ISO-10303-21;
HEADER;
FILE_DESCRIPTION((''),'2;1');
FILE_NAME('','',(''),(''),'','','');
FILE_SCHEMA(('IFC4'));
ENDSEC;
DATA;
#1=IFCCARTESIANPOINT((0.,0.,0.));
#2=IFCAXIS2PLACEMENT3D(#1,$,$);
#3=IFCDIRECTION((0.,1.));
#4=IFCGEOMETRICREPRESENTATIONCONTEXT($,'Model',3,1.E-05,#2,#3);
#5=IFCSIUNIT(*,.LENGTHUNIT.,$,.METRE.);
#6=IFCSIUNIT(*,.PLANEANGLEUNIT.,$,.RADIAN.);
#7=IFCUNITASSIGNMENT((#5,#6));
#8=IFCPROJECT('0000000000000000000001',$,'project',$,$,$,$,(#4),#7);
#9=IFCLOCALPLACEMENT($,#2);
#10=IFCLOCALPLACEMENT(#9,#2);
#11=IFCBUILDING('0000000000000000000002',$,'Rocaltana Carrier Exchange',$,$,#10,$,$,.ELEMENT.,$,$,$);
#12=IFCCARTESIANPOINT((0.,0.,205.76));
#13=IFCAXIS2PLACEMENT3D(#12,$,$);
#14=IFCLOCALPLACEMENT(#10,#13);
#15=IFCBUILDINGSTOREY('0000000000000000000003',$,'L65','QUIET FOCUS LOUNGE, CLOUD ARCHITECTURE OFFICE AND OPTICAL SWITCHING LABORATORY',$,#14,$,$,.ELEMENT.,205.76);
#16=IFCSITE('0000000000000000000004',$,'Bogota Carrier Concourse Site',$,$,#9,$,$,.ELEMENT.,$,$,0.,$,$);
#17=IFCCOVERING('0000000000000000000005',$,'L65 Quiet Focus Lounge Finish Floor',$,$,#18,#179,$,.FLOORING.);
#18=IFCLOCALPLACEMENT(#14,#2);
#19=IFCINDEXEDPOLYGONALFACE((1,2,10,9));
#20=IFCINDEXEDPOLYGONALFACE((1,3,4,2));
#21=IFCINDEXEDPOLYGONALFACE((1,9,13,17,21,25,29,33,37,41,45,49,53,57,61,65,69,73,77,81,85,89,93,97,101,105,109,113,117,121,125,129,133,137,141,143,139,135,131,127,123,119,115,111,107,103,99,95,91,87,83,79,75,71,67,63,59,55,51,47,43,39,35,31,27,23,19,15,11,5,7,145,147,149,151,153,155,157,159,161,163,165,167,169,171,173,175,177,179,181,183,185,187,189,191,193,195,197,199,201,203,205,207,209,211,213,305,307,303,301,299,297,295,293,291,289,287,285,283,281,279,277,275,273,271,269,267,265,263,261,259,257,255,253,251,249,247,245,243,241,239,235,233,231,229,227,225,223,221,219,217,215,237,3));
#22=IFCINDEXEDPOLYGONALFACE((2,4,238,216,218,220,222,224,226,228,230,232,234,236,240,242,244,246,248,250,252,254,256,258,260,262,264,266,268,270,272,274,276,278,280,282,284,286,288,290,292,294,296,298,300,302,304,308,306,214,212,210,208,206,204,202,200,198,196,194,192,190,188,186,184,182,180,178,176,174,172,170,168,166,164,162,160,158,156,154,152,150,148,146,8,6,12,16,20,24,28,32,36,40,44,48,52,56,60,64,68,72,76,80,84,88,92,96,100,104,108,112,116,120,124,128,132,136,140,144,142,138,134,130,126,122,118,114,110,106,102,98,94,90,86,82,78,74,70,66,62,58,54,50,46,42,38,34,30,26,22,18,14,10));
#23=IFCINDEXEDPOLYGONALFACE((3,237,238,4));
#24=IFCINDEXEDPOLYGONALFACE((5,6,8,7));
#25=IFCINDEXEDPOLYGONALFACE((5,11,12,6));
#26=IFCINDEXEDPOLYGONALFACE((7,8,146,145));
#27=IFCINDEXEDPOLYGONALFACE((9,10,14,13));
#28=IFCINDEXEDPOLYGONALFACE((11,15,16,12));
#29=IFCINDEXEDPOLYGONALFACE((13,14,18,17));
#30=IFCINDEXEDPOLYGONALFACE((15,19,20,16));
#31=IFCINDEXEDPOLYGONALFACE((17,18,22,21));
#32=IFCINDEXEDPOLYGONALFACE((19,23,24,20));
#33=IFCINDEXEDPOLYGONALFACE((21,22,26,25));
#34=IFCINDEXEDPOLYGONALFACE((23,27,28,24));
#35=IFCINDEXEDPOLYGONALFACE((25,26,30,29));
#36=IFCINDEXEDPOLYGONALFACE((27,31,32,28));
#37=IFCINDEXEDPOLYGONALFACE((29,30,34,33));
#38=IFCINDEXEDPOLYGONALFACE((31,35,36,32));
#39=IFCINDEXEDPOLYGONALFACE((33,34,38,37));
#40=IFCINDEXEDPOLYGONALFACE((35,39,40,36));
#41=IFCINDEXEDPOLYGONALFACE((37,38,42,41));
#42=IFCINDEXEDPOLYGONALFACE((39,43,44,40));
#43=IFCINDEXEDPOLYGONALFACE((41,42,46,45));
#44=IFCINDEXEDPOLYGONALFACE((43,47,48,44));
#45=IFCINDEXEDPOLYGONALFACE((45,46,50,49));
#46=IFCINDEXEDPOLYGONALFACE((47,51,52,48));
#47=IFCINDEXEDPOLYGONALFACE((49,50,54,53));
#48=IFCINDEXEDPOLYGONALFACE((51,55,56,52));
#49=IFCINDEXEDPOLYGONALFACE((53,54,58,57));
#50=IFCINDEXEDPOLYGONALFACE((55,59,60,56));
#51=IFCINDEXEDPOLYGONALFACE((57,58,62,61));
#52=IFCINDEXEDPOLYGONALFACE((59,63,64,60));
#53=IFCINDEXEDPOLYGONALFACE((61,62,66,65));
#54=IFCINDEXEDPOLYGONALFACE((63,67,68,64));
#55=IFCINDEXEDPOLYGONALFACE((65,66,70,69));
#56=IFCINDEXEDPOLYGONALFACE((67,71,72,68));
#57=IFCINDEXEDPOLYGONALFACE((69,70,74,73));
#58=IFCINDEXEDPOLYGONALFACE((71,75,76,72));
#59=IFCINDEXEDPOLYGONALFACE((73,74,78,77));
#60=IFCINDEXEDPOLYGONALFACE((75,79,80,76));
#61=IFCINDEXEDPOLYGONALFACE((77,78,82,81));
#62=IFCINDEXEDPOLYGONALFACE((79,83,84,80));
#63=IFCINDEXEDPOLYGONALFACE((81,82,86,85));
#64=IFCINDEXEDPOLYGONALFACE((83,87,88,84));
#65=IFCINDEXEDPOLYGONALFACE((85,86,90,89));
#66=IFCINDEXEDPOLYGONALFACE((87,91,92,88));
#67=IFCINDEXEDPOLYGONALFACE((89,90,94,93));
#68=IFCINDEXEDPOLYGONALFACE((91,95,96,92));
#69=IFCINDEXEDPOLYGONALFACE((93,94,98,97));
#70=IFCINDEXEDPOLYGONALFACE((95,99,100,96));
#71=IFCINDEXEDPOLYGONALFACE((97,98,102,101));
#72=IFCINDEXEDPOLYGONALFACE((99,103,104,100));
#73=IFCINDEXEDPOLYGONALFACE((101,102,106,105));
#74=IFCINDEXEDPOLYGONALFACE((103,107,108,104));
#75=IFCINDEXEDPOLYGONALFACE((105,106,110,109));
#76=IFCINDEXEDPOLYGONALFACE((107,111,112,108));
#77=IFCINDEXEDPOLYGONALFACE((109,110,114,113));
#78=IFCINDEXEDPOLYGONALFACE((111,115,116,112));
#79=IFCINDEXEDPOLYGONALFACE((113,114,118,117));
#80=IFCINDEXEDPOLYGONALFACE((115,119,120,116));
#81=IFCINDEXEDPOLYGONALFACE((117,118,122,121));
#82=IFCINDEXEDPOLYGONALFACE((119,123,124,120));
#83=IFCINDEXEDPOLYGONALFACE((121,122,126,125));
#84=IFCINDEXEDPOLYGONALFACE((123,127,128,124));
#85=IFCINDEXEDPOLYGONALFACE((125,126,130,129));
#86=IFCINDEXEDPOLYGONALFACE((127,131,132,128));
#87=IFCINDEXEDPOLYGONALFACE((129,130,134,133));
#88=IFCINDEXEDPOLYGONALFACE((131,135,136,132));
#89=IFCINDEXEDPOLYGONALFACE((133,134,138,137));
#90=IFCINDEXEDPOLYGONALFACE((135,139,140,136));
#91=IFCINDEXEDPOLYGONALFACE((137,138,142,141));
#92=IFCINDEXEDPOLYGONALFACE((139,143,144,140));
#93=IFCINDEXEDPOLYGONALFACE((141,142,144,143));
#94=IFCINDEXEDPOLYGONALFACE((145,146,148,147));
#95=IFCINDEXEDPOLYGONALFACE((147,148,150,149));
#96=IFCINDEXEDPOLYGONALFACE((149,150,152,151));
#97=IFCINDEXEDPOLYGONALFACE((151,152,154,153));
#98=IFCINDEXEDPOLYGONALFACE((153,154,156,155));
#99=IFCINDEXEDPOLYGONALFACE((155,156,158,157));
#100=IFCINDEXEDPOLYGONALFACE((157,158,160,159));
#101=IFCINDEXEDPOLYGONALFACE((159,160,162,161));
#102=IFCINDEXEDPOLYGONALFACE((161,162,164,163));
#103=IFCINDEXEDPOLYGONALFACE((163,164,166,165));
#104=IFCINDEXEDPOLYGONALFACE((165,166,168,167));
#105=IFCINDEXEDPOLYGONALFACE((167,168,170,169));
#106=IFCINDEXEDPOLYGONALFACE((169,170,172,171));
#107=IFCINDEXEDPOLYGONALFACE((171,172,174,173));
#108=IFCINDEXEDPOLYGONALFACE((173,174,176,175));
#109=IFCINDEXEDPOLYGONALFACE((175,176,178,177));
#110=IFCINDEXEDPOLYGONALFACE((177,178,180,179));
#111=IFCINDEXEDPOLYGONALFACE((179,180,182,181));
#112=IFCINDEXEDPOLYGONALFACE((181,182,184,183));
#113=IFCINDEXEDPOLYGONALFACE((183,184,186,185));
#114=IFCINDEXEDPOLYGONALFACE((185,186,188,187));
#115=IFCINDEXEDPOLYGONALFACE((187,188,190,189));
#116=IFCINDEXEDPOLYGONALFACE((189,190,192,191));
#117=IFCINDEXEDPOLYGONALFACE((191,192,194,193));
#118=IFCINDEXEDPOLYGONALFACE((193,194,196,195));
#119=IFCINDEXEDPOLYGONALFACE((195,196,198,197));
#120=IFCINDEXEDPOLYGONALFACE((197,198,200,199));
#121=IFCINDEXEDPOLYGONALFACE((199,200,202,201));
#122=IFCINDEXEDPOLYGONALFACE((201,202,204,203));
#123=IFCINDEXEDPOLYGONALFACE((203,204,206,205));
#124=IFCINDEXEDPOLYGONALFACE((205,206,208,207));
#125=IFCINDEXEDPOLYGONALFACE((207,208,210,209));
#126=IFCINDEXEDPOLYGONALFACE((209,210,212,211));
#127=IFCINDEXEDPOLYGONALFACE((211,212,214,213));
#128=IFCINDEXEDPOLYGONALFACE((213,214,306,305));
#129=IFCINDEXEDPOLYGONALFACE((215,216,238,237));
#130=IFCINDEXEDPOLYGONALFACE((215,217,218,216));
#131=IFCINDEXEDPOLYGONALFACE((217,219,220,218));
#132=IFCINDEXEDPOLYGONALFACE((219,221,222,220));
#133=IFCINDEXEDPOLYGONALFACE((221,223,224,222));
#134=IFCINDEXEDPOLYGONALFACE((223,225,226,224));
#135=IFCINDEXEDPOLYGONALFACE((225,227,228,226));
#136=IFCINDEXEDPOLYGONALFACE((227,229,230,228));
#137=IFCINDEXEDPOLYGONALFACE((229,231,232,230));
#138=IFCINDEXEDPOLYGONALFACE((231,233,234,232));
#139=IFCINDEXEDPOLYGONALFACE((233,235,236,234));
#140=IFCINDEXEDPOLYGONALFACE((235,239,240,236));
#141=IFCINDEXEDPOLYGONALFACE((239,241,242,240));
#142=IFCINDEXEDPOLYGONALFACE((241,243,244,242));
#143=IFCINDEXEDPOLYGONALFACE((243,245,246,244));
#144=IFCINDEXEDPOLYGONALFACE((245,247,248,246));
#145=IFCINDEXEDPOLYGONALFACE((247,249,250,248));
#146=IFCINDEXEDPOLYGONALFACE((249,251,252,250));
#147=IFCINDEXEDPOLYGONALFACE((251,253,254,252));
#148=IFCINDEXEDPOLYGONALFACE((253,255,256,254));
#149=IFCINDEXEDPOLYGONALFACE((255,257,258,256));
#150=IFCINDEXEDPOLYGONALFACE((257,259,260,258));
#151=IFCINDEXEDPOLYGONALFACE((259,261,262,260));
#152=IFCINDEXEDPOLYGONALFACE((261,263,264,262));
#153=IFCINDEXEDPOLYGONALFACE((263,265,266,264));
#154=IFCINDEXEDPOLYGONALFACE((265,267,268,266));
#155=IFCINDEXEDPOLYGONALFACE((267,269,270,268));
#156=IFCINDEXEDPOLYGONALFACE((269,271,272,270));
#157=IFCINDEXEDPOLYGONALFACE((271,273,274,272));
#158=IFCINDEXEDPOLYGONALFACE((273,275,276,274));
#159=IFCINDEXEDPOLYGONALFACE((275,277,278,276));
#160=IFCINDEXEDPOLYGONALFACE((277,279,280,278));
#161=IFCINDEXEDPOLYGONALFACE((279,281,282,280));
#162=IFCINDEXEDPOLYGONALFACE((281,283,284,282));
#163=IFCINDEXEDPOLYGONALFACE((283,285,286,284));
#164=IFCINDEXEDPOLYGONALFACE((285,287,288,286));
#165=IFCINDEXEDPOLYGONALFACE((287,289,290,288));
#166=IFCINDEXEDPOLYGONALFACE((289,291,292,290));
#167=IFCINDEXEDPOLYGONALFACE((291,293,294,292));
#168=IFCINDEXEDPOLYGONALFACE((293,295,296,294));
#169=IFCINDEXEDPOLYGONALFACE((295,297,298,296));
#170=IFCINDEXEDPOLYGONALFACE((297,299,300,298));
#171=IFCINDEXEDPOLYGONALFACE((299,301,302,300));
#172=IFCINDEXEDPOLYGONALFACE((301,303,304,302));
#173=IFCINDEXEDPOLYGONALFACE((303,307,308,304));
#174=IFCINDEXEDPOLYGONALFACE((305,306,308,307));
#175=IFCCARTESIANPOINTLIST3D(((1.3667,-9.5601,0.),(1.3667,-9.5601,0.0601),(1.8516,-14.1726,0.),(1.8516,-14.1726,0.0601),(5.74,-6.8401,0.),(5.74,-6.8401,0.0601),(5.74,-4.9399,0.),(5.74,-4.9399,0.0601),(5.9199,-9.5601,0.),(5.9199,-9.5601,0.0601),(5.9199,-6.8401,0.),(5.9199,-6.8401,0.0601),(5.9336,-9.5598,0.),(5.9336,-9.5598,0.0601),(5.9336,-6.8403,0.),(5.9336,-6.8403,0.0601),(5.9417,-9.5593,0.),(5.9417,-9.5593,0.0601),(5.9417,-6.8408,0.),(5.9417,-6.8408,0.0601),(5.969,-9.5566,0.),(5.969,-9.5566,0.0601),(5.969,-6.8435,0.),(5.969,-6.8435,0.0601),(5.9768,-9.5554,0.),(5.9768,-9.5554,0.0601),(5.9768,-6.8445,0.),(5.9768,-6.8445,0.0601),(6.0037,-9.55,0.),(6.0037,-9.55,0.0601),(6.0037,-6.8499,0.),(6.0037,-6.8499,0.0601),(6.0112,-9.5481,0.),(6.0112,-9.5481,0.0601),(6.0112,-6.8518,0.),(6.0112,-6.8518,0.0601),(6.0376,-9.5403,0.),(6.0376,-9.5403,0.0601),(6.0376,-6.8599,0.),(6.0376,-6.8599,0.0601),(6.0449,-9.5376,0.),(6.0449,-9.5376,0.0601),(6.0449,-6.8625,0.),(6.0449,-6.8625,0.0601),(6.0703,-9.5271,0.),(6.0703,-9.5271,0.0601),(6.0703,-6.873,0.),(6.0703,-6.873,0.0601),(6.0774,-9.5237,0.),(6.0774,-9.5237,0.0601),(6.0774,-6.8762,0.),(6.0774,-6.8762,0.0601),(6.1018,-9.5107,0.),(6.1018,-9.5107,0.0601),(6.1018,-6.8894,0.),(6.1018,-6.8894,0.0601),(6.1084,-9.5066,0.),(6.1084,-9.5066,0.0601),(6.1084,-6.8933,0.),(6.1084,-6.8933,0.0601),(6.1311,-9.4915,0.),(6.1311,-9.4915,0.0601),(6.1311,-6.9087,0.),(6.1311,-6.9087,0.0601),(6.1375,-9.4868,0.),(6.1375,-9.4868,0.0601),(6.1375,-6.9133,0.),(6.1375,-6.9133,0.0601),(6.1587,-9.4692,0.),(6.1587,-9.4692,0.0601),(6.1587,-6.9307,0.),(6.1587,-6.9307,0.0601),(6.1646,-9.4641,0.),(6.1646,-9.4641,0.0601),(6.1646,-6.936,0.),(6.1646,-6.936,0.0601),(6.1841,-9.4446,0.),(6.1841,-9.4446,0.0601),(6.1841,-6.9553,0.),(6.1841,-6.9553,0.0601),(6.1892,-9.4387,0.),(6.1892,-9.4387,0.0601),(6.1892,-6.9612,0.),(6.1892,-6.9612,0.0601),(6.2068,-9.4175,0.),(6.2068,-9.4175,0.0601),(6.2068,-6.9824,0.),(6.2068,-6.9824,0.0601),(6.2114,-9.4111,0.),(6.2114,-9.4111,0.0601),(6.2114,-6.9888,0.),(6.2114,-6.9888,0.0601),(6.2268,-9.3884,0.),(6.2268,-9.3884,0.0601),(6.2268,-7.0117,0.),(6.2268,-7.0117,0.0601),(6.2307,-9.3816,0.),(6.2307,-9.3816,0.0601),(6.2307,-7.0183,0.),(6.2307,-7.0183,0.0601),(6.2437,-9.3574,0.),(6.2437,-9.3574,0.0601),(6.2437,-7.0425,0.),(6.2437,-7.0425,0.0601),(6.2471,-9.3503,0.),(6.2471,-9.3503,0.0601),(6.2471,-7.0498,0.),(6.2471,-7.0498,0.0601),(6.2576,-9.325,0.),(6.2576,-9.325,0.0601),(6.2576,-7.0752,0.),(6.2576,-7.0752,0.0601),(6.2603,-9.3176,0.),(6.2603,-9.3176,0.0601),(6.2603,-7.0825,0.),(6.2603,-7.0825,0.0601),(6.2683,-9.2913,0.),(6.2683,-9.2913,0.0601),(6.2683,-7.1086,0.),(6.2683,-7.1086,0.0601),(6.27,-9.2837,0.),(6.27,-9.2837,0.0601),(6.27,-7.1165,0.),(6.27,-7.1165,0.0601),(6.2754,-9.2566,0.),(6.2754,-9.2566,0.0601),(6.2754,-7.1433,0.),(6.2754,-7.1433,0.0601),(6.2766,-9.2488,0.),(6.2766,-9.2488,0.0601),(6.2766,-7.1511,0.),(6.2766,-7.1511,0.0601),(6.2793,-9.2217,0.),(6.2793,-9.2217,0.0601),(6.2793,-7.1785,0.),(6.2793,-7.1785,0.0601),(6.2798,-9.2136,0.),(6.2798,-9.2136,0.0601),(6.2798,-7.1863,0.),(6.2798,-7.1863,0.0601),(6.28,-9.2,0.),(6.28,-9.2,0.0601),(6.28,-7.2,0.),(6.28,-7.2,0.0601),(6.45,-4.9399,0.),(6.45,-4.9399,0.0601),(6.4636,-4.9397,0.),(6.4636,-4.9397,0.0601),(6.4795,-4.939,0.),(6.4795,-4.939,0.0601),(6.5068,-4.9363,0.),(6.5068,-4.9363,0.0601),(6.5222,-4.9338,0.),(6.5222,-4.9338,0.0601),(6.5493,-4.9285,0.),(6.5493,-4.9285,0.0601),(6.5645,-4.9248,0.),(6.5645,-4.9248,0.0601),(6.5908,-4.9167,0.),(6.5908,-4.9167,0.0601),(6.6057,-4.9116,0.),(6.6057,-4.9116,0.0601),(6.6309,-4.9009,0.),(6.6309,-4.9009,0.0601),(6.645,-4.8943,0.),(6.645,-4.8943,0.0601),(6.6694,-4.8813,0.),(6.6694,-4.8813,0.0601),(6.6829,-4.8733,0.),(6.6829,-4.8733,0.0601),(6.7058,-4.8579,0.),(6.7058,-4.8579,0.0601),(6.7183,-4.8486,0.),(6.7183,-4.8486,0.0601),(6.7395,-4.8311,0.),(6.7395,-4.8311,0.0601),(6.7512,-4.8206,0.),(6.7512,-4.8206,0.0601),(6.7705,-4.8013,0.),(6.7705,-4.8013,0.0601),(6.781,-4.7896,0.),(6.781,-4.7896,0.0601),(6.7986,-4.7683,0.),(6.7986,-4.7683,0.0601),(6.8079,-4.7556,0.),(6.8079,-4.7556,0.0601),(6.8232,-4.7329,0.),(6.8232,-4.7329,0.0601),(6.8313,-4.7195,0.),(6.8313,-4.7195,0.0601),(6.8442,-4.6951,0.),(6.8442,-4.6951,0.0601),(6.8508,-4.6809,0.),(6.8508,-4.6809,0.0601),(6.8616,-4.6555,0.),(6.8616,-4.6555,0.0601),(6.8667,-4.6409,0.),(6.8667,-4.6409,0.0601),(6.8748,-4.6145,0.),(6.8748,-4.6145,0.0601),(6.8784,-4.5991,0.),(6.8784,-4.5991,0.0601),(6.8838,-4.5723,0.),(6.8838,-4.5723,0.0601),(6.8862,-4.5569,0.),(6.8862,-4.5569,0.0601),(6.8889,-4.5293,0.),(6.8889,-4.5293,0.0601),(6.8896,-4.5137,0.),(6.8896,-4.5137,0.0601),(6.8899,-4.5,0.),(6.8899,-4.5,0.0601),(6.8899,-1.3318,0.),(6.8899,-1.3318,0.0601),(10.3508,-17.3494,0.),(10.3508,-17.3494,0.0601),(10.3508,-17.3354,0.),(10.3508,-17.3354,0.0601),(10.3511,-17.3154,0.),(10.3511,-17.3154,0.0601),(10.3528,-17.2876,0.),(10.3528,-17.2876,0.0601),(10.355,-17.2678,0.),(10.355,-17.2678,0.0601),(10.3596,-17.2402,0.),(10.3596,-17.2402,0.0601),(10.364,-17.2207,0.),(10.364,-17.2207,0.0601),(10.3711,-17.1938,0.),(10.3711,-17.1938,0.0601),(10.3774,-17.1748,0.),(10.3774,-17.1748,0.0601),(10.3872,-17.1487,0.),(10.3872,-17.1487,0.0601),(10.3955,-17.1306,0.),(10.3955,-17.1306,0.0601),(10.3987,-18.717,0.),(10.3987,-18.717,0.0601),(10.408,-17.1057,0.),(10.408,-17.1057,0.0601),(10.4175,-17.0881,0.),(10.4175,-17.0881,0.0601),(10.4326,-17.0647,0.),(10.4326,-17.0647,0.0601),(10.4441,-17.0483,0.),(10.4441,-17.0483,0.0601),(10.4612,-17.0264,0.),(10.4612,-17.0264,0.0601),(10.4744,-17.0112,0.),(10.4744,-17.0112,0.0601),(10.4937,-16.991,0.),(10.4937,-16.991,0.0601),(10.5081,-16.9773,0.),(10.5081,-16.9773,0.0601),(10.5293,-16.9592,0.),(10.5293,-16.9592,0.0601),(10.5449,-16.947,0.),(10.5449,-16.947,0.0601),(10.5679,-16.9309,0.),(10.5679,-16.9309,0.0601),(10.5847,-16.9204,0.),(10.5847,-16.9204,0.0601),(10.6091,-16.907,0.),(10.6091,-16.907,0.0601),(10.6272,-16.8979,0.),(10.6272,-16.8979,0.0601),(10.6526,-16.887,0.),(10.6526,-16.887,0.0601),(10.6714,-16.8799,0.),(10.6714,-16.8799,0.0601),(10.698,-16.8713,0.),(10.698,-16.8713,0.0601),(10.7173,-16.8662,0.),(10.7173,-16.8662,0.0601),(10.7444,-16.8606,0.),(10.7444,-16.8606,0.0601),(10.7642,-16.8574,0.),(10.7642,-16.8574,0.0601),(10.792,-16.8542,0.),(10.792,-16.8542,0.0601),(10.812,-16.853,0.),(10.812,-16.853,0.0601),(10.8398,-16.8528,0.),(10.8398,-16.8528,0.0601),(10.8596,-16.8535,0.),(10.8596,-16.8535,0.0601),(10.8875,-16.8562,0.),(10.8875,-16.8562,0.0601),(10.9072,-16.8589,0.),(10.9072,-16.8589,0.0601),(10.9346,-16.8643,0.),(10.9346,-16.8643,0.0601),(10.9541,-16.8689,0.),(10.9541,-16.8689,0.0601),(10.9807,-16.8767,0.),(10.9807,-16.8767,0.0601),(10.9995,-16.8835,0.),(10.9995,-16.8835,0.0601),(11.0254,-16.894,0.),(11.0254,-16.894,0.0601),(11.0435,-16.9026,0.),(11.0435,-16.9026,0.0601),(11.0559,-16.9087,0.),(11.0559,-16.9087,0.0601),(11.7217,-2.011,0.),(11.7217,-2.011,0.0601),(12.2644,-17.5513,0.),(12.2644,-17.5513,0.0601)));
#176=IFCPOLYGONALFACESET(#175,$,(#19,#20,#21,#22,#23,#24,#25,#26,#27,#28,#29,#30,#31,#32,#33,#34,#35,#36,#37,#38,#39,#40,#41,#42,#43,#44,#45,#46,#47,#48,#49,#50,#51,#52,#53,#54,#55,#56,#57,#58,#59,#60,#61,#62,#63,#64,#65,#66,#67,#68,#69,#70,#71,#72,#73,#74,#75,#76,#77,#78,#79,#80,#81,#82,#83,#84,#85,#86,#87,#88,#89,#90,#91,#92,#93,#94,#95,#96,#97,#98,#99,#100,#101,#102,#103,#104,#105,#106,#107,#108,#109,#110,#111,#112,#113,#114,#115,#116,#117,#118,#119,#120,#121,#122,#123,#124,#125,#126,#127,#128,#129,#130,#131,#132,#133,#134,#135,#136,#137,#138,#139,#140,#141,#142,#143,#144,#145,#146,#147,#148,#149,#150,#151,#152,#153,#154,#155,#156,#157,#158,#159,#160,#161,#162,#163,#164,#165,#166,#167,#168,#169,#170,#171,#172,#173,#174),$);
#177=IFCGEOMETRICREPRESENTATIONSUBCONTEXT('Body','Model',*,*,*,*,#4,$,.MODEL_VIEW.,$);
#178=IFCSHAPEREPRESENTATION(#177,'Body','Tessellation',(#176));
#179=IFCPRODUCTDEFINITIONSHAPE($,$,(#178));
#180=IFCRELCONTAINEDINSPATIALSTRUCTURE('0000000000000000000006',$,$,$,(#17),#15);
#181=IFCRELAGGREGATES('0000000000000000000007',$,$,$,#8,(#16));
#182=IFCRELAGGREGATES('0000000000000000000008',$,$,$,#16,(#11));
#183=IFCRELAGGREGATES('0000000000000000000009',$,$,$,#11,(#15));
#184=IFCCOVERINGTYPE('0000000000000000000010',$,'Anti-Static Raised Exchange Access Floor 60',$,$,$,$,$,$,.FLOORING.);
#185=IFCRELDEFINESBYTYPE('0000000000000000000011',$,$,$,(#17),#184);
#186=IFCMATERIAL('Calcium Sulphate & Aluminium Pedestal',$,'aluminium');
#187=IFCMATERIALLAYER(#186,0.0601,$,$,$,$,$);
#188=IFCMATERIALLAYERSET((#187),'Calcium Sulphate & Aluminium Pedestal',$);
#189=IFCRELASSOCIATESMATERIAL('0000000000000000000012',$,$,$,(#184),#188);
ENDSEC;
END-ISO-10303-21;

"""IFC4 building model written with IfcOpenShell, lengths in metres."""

from ifc_helpers import new_model, si_unit, direction, frame, origin, place, context, subcontext, project, spatial, polyline, outline, extrude, material, layer, layer_set, type_object, element, save


model = new_model("IFC4")

# Units and contexts
model_context = context("Model", 3, precision=1e-05, world=origin(), true_north=direction((0.0, 1.0)))
body_context = subcontext(model_context, "Body", "Model", "MODEL_VIEW")
ifc_project = project(units=[si_unit("LENGTHUNIT", "METRE"), si_unit("PLANEANGLEUNIT", "RADIAN")], contexts=[model_context])

# Site, building, storey
site_placement = place(None, origin())
site = spatial("IfcSite", under=ifc_project, at=site_placement, Name="Bogota Carrier Concourse Site", CompositionType="ELEMENT", RefElevation=0.0)
building_placement = place(site_placement, origin())
building = spatial("IfcBuilding", under=site, at=building_placement, Name="Rocaltana Carrier Exchange", CompositionType="ELEMENT")
storey_placement = place(building_placement, frame((0.0, 0.0, 205.76)))
storey = spatial("IfcBuildingStorey", under=building, at=storey_placement, Name="L65", Description="QUIET FOCUS LOUNGE, CLOUD ARCHITECTURE OFFICE AND OPTICAL SWITCHING LABORATORY", CompositionType="ELEMENT", Elevation=205.76)

# Covering
ifc_material_1 = material(Name="Calcium Sulphate & Aluminium Pedestal", Category="aluminium")
ifc_layer_1 = layer(ifc_material_1, 0.0601)
ifc_layer_set_1 = layer_set([ifc_layer_1], Name="Calcium Sulphate & Aluminium Pedestal")
covering_type_1 = type_object("IfcCoveringType", Name="Anti-Static Raised Exchange Access Floor 60", PredefinedType="FLOORING", material=ifc_layer_set_1)
covering_1_placement = place(storey_placement, origin())
element("IfcCovering", 1, at=covering_1_placement, inside=storey, type_object=covering_type_1, Name="L65 Quiet Focus Lounge Finish Floor", PredefinedType="FLOORING", context=body_context, shape_type="SweptSolid", body=[
    extrude(outline(polyline([(5.74, -6.8401), (5.74, -4.9399), (6.45, -4.9399), (6.4636, -4.9397), (6.4795, -4.939), (6.5068, -4.9363), (6.5222, -4.9338), (6.5493, -4.9285), (6.5645, -4.9248), (6.5908, -4.9167), (6.6057, -4.9116), (6.6309, -4.9009), (6.645, -4.8943), (6.6694, -4.8813), (6.6829, -4.8733), (6.7058, -4.8579), (6.7183, -4.8486), (6.7395, -4.8311), (6.7512, -4.8206), (6.7705, -4.8013), (6.781, -4.7896), (6.7986, -4.7683), (6.8079, -4.7556), (6.8232, -4.7329), (6.8313, -4.7195), (6.8442, -4.6951), (6.8508, -4.6809), (6.8616, -4.6555), (6.8667, -4.6409), (6.8748, -4.6145), (6.8784, -4.5991), (6.8838, -4.5723), (6.8862, -4.5569), (6.8889, -4.5293), (6.8896, -4.5137), (6.8899, -4.5), (6.8899, -1.3318), (11.7217, -2.011), (12.2644, -17.5513), (11.0559, -16.9087), (11.0435, -16.9026), (11.0254, -16.894), (10.9995, -16.8835), (10.9807, -16.8767), (10.9541, -16.8689), (10.9346, -16.8643), (10.9072, -16.8589), (10.8875, -16.8562), (10.8596, -16.8535), (10.8398, -16.8528), (10.812, -16.853), (10.792, -16.8542), (10.7642, -16.8574), (10.7444, -16.8606), (10.7173, -16.8662), (10.698, -16.8713), (10.6714, -16.8799), (10.6526, -16.887), (10.6272, -16.8979), (10.6091, -16.907), (10.5847, -16.9204), (10.5679, -16.9309), (10.5449, -16.947), (10.5293, -16.9592), (10.5081, -16.9773), (10.4937, -16.991), (10.4744, -17.0112), (10.4612, -17.0264), (10.4441, -17.0483), (10.4326, -17.0647), (10.4175, -17.0881), (10.408, -17.1057), (10.3955, -17.1306), (10.3872, -17.1487), (10.3774, -17.1748), (10.3711, -17.1938), (10.364, -17.2207), (10.3596, -17.2402), (10.355, -17.2678), (10.3528, -17.2876), (10.3511, -17.3154), (10.3508, -17.3354), (10.3508, -17.3494), (10.3987, -18.717), (1.8516, -14.1726), (1.3667, -9.5601), (5.9199, -9.5601), (5.9336, -9.5598), (5.9417, -9.5593), (5.969, -9.5566), (5.9768, -9.5554), (6.0037, -9.55), (6.0112, -9.5481), (6.0376, -9.5403), (6.0449, -9.5376), (6.0703, -9.5271), (6.0774, -9.5237), (6.1018, -9.5107), (6.1084, -9.5066), (6.1311, -9.4915), (6.1375, -9.4868), (6.1587, -9.4692), (6.1646, -9.4641), (6.1841, -9.4446), (6.1892, -9.4387), (6.2068, -9.4175), (6.2114, -9.4111), (6.2268, -9.3884), (6.2307, -9.3816), (6.2437, -9.3574), (6.2471, -9.3503), (6.2576, -9.325), (6.2603, -9.3176), (6.2683, -9.2913), (6.27, -9.2837), (6.2754, -9.2566), (6.2766, -9.2488), (6.2793, -9.2217), (6.2798, -9.2136), (6.28, -9.2), (6.28, -7.2), (6.2798, -7.1863), (6.2793, -7.1785), (6.2766, -7.1511), (6.2754, -7.1433), (6.27, -7.1165), (6.2683, -7.1086), (6.2603, -7.0825), (6.2576, -7.0752), (6.2471, -7.0498), (6.2437, -7.0425), (6.2307, -7.0183), (6.2268, -7.0117), (6.2114, -6.9888), (6.2068, -6.9824), (6.1892, -6.9612), (6.1841, -6.9553), (6.1646, -6.936), (6.1587, -6.9307), (6.1375, -6.9133), (6.1311, -6.9087), (6.1084, -6.8933), (6.1018, -6.8894), (6.0774, -6.8762), (6.0703, -6.873), (6.0449, -6.8625), (6.0376, -6.8599), (6.0112, -6.8518), (6.0037, -6.8499), (5.9768, -6.8445), (5.969, -6.8435), (5.9417, -6.8408), (5.9336, -6.8403), (5.9199, -6.8401), (5.74, -6.8401)])), origin(), (0.0, 0.0, 1.0), 0.0601),
])

save(model, "model.ifc")
